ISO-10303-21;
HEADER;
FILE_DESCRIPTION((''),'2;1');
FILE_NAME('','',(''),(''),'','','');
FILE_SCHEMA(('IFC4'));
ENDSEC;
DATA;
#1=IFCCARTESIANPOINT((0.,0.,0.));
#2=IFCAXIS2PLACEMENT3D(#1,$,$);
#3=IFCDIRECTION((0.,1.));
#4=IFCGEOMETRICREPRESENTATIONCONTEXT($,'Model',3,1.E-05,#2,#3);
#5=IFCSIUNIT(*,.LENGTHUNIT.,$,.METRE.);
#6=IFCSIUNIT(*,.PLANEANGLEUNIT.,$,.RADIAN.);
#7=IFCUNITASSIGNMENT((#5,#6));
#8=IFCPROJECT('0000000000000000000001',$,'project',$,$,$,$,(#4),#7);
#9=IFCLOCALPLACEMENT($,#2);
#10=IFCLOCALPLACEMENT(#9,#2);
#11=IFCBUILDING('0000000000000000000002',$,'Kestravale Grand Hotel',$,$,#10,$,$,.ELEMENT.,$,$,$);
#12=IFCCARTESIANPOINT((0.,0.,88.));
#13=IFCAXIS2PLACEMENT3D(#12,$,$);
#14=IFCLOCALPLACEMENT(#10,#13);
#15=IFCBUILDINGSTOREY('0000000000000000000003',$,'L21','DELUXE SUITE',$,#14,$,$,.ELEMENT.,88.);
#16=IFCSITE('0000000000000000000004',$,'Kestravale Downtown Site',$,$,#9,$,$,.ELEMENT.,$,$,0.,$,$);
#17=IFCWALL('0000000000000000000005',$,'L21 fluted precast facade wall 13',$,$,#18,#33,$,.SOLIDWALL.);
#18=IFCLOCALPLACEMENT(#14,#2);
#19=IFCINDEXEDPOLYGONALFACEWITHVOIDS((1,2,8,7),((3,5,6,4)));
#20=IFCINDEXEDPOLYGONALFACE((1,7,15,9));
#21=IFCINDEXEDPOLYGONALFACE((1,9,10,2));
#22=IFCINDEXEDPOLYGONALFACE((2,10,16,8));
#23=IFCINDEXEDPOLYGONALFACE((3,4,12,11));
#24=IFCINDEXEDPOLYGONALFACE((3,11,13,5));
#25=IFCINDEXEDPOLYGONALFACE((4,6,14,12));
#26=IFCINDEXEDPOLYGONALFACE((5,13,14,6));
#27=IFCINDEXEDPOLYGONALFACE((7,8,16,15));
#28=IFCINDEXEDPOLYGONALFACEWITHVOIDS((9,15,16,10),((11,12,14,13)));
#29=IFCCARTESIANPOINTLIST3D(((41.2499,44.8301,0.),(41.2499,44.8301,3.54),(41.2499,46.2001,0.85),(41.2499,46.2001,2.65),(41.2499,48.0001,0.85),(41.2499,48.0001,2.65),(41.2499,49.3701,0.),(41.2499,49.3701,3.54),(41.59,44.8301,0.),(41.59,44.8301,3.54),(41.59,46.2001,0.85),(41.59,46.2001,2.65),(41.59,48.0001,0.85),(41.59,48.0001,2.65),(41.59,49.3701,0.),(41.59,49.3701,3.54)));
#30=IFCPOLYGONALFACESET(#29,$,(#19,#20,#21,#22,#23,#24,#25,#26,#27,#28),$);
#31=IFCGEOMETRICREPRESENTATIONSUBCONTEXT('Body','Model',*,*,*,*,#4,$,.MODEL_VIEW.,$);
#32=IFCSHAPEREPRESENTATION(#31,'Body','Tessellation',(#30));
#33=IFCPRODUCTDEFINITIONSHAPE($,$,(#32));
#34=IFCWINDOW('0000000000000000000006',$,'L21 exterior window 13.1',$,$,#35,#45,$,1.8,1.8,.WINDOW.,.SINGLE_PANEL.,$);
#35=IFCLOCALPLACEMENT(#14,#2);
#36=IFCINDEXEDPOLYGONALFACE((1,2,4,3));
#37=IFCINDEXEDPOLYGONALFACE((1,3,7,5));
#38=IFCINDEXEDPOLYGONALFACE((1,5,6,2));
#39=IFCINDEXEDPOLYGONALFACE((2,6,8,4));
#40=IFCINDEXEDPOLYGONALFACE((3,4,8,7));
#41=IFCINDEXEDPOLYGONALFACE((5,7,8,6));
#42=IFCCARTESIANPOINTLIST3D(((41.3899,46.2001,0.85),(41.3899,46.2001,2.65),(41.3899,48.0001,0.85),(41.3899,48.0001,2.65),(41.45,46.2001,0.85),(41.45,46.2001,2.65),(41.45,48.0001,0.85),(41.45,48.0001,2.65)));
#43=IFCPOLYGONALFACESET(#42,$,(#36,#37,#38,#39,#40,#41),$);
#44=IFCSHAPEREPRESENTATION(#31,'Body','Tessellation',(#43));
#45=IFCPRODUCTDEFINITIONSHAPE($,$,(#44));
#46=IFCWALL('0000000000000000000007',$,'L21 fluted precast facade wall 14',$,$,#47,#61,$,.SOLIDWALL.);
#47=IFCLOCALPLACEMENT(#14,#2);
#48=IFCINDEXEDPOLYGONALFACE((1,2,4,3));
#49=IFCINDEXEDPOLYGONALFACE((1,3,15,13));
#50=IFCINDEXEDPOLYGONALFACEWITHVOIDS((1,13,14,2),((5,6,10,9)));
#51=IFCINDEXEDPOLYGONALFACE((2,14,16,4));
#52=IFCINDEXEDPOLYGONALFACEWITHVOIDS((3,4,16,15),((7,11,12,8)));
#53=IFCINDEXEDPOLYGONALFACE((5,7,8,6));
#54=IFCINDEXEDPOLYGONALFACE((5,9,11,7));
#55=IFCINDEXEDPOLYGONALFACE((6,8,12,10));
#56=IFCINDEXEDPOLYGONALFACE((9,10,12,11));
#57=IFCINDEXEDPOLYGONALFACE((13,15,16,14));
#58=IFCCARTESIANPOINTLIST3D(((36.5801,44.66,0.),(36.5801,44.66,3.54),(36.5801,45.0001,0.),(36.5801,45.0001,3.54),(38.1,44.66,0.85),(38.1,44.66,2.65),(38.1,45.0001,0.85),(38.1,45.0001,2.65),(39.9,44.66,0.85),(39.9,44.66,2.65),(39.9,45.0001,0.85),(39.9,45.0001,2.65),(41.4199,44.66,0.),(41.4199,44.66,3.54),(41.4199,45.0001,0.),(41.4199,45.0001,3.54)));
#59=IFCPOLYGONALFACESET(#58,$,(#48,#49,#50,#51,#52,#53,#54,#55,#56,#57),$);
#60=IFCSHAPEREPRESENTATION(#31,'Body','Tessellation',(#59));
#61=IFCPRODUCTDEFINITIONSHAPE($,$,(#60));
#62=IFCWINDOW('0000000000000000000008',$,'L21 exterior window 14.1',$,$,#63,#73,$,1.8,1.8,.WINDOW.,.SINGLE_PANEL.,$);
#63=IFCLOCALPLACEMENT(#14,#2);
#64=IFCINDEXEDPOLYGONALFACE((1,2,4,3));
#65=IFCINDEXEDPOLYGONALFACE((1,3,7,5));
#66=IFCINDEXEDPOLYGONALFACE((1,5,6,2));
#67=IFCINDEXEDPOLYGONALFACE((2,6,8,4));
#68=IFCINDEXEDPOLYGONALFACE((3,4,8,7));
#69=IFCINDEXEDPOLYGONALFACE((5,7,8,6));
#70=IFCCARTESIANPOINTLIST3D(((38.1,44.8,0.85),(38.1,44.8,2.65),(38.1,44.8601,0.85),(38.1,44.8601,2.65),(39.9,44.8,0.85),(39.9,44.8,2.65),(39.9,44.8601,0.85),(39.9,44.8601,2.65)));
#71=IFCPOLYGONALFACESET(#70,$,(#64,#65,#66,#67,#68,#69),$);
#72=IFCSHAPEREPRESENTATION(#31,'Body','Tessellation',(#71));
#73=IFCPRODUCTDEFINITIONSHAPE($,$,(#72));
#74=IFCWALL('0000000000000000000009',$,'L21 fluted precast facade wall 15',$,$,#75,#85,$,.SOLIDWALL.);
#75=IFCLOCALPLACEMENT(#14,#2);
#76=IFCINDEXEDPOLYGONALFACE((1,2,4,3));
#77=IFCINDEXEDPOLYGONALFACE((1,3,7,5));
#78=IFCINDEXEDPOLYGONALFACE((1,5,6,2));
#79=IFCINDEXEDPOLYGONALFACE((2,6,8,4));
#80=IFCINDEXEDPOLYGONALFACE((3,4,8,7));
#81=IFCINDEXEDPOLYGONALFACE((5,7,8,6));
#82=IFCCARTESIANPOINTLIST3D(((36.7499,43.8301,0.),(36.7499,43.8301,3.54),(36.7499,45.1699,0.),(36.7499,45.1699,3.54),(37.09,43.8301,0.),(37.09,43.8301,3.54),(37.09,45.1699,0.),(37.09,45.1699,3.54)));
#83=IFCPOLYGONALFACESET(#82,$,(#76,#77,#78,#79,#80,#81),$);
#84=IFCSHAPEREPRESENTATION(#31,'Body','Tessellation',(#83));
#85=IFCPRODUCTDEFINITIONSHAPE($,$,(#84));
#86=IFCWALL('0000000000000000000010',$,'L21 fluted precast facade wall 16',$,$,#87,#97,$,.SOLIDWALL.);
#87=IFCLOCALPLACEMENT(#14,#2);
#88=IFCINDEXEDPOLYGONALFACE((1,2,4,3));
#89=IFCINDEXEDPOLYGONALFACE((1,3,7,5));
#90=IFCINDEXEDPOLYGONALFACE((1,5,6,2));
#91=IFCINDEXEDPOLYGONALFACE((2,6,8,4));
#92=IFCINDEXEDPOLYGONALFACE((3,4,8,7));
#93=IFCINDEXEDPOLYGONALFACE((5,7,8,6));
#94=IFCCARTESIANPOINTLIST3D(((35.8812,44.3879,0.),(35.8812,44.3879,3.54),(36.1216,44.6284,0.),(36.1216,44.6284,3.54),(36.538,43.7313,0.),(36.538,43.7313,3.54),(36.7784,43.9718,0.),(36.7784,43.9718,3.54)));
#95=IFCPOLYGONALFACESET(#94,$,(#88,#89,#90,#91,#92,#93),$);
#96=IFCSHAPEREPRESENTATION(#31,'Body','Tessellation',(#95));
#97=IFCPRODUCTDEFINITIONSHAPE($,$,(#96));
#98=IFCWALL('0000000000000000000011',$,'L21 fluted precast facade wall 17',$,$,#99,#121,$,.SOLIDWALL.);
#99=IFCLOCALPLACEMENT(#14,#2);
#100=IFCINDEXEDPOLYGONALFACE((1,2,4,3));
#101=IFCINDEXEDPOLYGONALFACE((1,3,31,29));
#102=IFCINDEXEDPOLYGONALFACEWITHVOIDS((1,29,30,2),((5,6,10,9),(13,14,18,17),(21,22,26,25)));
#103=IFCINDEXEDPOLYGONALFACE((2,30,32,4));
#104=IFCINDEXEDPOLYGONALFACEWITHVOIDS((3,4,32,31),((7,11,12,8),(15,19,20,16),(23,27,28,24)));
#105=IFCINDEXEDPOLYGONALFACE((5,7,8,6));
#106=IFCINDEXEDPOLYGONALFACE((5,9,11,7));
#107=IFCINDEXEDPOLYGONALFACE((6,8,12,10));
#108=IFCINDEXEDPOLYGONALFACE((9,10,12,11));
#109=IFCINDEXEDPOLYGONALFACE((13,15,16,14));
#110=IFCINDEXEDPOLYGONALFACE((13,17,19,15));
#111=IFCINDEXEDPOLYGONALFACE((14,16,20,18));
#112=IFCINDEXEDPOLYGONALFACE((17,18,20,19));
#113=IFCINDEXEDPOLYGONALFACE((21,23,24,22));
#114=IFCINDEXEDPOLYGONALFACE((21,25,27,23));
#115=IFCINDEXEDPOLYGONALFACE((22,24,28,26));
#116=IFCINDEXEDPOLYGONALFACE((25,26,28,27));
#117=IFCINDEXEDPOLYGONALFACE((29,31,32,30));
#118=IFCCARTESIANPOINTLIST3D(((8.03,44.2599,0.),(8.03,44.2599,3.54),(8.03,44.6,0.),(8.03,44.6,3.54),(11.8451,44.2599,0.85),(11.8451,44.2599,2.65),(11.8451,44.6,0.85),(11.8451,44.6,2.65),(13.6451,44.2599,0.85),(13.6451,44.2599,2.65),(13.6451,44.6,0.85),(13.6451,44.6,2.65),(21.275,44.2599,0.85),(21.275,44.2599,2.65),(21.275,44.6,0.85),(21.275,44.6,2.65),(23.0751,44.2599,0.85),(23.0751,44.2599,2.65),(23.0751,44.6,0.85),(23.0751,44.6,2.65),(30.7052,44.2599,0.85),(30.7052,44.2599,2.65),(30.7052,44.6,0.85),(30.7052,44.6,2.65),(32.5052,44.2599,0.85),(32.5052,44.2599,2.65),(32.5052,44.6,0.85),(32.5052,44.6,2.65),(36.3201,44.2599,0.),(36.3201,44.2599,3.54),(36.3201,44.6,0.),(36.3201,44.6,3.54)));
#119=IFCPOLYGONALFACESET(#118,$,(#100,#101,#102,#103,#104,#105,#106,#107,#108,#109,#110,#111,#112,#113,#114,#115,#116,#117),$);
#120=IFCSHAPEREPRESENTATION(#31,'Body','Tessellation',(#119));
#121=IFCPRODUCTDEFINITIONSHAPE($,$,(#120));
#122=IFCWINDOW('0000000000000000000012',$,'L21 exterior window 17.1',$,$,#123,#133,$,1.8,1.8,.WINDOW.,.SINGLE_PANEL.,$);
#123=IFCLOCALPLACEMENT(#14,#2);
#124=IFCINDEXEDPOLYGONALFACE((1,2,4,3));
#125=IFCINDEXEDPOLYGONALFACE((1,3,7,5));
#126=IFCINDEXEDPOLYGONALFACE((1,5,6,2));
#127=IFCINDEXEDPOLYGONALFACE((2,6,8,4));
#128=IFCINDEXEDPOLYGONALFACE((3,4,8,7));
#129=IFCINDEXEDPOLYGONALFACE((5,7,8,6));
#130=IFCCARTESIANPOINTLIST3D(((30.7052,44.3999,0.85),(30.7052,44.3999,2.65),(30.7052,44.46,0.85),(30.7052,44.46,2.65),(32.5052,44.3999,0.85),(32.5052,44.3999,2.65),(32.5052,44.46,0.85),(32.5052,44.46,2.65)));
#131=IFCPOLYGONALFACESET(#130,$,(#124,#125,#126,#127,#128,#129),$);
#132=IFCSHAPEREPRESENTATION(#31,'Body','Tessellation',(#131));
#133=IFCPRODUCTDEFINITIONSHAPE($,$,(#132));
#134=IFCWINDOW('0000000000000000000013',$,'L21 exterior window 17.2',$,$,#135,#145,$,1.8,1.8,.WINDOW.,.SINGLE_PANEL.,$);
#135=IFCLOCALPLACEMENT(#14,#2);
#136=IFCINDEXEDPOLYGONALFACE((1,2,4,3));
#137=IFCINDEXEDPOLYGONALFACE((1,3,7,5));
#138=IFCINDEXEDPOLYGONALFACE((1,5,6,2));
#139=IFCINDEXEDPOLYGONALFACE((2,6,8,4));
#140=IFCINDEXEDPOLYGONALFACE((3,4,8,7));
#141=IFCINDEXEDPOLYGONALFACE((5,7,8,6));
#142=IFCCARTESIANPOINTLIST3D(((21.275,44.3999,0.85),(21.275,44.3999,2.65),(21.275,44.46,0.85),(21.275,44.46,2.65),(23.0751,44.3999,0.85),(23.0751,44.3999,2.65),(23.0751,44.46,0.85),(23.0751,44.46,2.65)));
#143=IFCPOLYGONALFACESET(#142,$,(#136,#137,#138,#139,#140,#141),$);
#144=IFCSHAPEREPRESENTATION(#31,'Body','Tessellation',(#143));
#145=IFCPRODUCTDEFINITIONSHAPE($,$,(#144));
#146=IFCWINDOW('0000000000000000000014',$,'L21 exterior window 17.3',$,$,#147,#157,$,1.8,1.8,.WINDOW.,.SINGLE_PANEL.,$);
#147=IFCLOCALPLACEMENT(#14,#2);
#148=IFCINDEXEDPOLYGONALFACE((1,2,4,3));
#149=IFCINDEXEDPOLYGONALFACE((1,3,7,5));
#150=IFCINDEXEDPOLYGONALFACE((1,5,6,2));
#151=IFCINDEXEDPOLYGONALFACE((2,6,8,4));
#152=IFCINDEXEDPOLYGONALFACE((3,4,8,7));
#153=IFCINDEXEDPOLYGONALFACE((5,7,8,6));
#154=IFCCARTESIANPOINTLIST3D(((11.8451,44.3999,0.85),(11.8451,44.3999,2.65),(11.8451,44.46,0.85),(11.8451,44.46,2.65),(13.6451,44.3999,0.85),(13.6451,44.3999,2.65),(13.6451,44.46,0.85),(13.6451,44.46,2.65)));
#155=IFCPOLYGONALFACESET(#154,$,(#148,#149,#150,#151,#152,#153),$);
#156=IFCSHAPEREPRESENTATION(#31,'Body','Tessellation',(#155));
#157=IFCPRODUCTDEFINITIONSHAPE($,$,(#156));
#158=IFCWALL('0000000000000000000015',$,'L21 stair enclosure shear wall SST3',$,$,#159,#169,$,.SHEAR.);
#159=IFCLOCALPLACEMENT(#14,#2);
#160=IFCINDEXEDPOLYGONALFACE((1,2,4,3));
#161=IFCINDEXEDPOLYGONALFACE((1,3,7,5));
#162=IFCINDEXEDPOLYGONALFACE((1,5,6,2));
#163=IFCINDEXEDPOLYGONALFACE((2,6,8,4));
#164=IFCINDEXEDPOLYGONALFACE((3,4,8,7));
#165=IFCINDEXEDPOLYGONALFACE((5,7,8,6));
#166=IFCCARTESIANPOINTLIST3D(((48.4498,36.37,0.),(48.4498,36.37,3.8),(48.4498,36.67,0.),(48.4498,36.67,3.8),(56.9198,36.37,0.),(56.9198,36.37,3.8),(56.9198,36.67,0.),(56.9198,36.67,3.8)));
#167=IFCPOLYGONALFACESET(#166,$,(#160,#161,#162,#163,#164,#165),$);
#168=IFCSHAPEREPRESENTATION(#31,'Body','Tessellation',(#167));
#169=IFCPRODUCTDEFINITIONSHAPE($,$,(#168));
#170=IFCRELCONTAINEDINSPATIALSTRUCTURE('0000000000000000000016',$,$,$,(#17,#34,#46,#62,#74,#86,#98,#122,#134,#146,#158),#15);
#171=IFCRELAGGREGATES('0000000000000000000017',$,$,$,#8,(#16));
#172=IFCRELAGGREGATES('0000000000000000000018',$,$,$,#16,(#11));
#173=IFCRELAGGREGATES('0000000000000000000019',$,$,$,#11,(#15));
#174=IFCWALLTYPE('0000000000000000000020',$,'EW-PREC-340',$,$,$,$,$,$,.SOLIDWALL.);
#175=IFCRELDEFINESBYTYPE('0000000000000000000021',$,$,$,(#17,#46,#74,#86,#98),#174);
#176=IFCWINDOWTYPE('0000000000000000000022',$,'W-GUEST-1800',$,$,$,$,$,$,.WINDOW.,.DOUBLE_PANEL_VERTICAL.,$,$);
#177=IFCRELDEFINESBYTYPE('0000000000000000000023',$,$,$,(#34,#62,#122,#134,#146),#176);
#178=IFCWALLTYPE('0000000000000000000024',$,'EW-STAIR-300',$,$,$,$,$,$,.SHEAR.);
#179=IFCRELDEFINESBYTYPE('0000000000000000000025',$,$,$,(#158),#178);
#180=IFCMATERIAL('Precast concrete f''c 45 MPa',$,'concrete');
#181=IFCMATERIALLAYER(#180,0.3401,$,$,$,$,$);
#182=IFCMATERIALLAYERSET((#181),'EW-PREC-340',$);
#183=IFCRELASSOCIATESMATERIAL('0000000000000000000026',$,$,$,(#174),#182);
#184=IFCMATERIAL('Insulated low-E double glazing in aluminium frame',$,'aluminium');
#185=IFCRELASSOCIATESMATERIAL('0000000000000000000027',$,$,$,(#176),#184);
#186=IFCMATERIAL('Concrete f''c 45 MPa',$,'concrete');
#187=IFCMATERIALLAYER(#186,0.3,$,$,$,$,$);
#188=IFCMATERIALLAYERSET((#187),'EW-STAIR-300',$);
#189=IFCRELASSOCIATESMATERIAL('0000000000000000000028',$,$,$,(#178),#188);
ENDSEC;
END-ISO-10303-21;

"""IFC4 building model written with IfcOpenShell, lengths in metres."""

from ifc_helpers import new_model, si_unit, direction, frame, frame_2d, origin, place, context, subcontext, project, spatial, rectangle, extrude, material, layer, layer_set, type_object, element, fill, save


model = new_model("IFC4")

# Units and contexts
model_context = context("Model", 3, precision=1e-05, world=origin(), true_north=direction((0.0, 1.0)))
body_context = subcontext(model_context, "Body", "Model", "MODEL_VIEW")
ifc_project = project(units=[si_unit("LENGTHUNIT", "METRE"), si_unit("PLANEANGLEUNIT", "RADIAN")], contexts=[model_context])

# Site, building, storey
site_placement = place(None, origin())
site = spatial("IfcSite", under=ifc_project, at=site_placement, Name="Kestravale Downtown Site", CompositionType="ELEMENT", RefElevation=0.0)
building_placement = place(site_placement, origin())
building = spatial("IfcBuilding", under=site, at=building_placement, Name="Kestravale Grand Hotel", CompositionType="ELEMENT")
storey_placement = place(building_placement, frame((0.0, 0.0, 88.0)))
storey = spatial("IfcBuildingStorey", under=building, at=storey_placement, Name="L21", Description="DELUXE SUITE", CompositionType="ELEMENT", Elevation=88.0)

# Shared definitions
ifc_material_1 = material(Name="Precast concrete f'c 45 MPa", Category="concrete")
ifc_layer_1 = layer(ifc_material_1, 0.3401)
ifc_layer_set_1 = layer_set([ifc_layer_1], Name="EW-PREC-340")
wall_type_1 = type_object("IfcWallType", Name="EW-PREC-340", PredefinedType="SOLIDWALL", material=ifc_layer_set_1)

# Walls, openings, windows
wall_1_placement = place(storey_placement, frame((41.4199, 49.3701, 0.0), z_axis=(0.0, 0.0, 1.0), x_axis=(0.0, -1.0, 0.0)))
wall_1 = element("IfcWall", 1, at=wall_1_placement, inside=storey, type_object=wall_type_1, Name="L21 fluted precast facade wall 13", PredefinedType="SOLIDWALL", context=body_context, shape_type="SweptSolid", body=[
    extrude(rectangle(XDim=4.54, YDim=0.3401, at=frame_2d((2.27, 0.0))), origin(), (0.0, 0.0, 1.0), 3.54),
])
opening_1_placement = place(wall_1_placement, frame((1.3701, 0.0, 0.8501)))
opening_1 = element("IfcOpeningElement", 2, at=opening_1_placement, cuts=wall_1, PredefinedType="OPENING", context=body_context, shape_type="SweptSolid", body=[
    extrude(rectangle(XDim=1.8, YDim=1.8, at=frame_2d((0.8999, 0.8999))), frame((0.0, 0.1799, 0.0), z_axis=(0.0, -1.0, 0.0), x_axis=(1.0, 0.0, 0.0)), (0.0, 0.0, 1.0), 0.3601),
])
ifc_material_2 = material(Name="Insulated low-E double glazing in aluminium frame", Category="aluminium")
window_type = type_object("IfcWindowType", Name="W-GUEST-1800", PartitioningType="DOUBLE_PANEL_VERTICAL", PredefinedType="WINDOW", material=ifc_material_2)
window_1_placement = place(opening_1_placement, origin())
window_1 = element("IfcWindow", 3, at=window_1_placement, inside=storey, type_object=window_type, Name="L21 exterior window 13.1", OverallHeight=1.8, OverallWidth=1.8, PartitioningType="SINGLE_PANEL", PredefinedType="WINDOW", context=body_context, shape_type="SweptSolid", body=[
    extrude(rectangle(XDim=1.8, YDim=1.8, at=frame_2d((0.8999, 0.8999))), frame((0.0, 0.03, 0.0), z_axis=(0.0, -1.0, 0.0), x_axis=(1.0, 0.0, 0.0)), (0.0, 0.0, 1.0), 0.0601),
])
fill(opening_1, window_1)
wall_2_placement = place(storey_placement, frame((41.4199, 44.8301, 0.0), z_axis=(0.0, 0.0, 1.0), x_axis=(-1.0, 0.0, 0.0)))
wall_2 = element("IfcWall", 4, at=wall_2_placement, inside=storey, type_object=wall_type_1, Name="L21 fluted precast facade wall 14", PredefinedType="SOLIDWALL", context=body_context, shape_type="SweptSolid", body=[
    extrude(rectangle(XDim=4.8398, YDim=0.3401, at=frame_2d((2.4199, 0.0))), origin(), (0.0, 0.0, 1.0), 3.54),
])
opening_2_placement = place(wall_2_placement, frame((1.52, 0.0, 0.8501)))
opening_2 = element("IfcOpeningElement", 5, at=opening_2_placement, cuts=wall_2, PredefinedType="OPENING", context=body_context, shape_type="SweptSolid", body=[
    extrude(rectangle(XDim=1.8, YDim=1.8, at=frame_2d((0.8999, 0.8999))), frame((0.0, 0.1799, 0.0), z_axis=(0.0, -1.0, 0.0), x_axis=(1.0, 0.0, 0.0)), (0.0, 0.0, 1.0), 0.3601),
])
window_2_placement = place(opening_2_placement, origin())
window_2 = element("IfcWindow", 6, at=window_2_placement, inside=storey, type_object=window_type, Name="L21 exterior window 14.1", OverallHeight=1.8, OverallWidth=1.8, PartitioningType="SINGLE_PANEL", PredefinedType="WINDOW", context=body_context, shape_type="SweptSolid", body=[
    extrude(rectangle(XDim=1.8, YDim=1.8, at=frame_2d((0.8999, 0.8999))), frame((0.0, 0.03, 0.0), z_axis=(0.0, -1.0, 0.0), x_axis=(1.0, 0.0, 0.0)), (0.0, 0.0, 1.0), 0.0601),
])
fill(opening_2, window_2)

# Walls
wall_3_placement = place(storey_placement, frame((36.9199, 45.1699, 0.0), z_axis=(0.0, 0.0, 1.0), x_axis=(0.0, -1.0, 0.0)))
element("IfcWall", 7, at=wall_3_placement, inside=storey, type_object=wall_type_1, Name="L21 fluted precast facade wall 15", PredefinedType="SOLIDWALL", context=body_context, shape_type="SweptSolid", body=[
    extrude(rectangle(XDim=1.3398, YDim=0.3401, at=frame_2d((0.6699, 0.0))), origin(), (0.0, 0.0, 1.0), 3.54),
])
wall_4_placement = place(storey_placement, frame((36.6582, 43.8516, 0.0), z_axis=(0.0, 0.0, 1.0), x_axis=(-0.707238, 0.706975, 0.0)))
element("IfcWall", 8, at=wall_4_placement, inside=storey, type_object=wall_type_1, Name="L21 fluted precast facade wall 16", PredefinedType="SOLIDWALL", context=body_context, shape_type="SweptSolid", body=[
    extrude(rectangle(XDim=0.9287, YDim=0.3401, at=frame_2d((0.4644, 0.0))), origin(), (0.0, 0.0, 1.0), 3.54),
])

# Wall, openings, windows
wall_5_placement = place(storey_placement, frame((36.3201, 44.4299, 0.0), z_axis=(0.0, 0.0, 1.0), x_axis=(-1.0, 0.0, 0.0)))
wall_5 = element("IfcWall", 9, at=wall_5_placement, inside=storey, type_object=wall_type_1, Name="L21 fluted precast facade wall 17", PredefinedType="SOLIDWALL", context=body_context, shape_type="SweptSolid", body=[
    extrude(rectangle(XDim=28.29, YDim=0.3401, at=frame_2d((14.145, 0.0))), origin(), (0.0, 0.0, 1.0), 3.54),
])
opening_3_placement = place(wall_5_placement, frame((3.8149, 0.0, 0.8501)))
opening_3 = element("IfcOpeningElement", 10, at=opening_3_placement, cuts=wall_5, PredefinedType="OPENING", context=body_context, shape_type="SweptSolid", body=[
    extrude(rectangle(XDim=1.8, YDim=1.8, at=frame_2d((0.8999, 0.8999))), frame((0.0, 0.1799, 0.0), z_axis=(0.0, -1.0, 0.0), x_axis=(1.0, 0.0, 0.0)), (0.0, 0.0, 1.0), 0.3601),
])
opening_4_placement = place(wall_5_placement, frame((13.2451, 0.0, 0.8501)))
opening_4 = element("IfcOpeningElement", 11, at=opening_4_placement, cuts=wall_5, PredefinedType="OPENING", context=body_context, shape_type="SweptSolid", body=[
    extrude(rectangle(XDim=1.8, YDim=1.8, at=frame_2d((0.8999, 0.8999))), frame((0.0, 0.1799, 0.0), z_axis=(0.0, -1.0, 0.0), x_axis=(1.0, 0.0, 0.0)), (0.0, 0.0, 1.0), 0.3601),
])
opening_5_placement = place(wall_5_placement, frame((22.675, 0.0, 0.8501)))
opening_5 = element("IfcOpeningElement", 12, at=opening_5_placement, cuts=wall_5, PredefinedType="OPENING", context=body_context, shape_type="SweptSolid", body=[
    extrude(rectangle(XDim=1.8, YDim=1.8, at=frame_2d((0.8999, 0.8999))), frame((0.0, 0.1799, 0.0), z_axis=(0.0, -1.0, 0.0), x_axis=(1.0, 0.0, 0.0)), (0.0, 0.0, 1.0), 0.3601),
])
window_3_placement = place(opening_3_placement, origin())
window_3 = element("IfcWindow", 13, at=window_3_placement, inside=storey, type_object=window_type, Name="L21 exterior window 17.1", OverallHeight=1.8, OverallWidth=1.8, PartitioningType="SINGLE_PANEL", PredefinedType="WINDOW", context=body_context, shape_type="SweptSolid", body=[
    extrude(rectangle(XDim=1.8, YDim=1.8, at=frame_2d((0.8999, 0.8999))), frame((0.0, 0.03, 0.0), z_axis=(0.0, -1.0, 0.0), x_axis=(1.0, 0.0, 0.0)), (0.0, 0.0, 1.0), 0.0601),
])
fill(opening_3, window_3)
window_4_placement = place(opening_4_placement, origin())
window_4 = element("IfcWindow", 14, at=window_4_placement, inside=storey, type_object=window_type, Name="L21 exterior window 17.2", OverallHeight=1.8, OverallWidth=1.8, PartitioningType="SINGLE_PANEL", PredefinedType="WINDOW", context=body_context, shape_type="SweptSolid", body=[
    extrude(rectangle(XDim=1.8, YDim=1.8, at=frame_2d((0.8999, 0.8999))), frame((0.0, 0.03, 0.0), z_axis=(0.0, -1.0, 0.0), x_axis=(1.0, 0.0, 0.0)), (0.0, 0.0, 1.0), 0.0601),
])
fill(opening_4, window_4)
window_5_placement = place(opening_5_placement, origin())
window_5 = element("IfcWindow", 15, at=window_5_placement, inside=storey, type_object=window_type, Name="L21 exterior window 17.3", OverallHeight=1.8, OverallWidth=1.8, PartitioningType="SINGLE_PANEL", PredefinedType="WINDOW", context=body_context, shape_type="SweptSolid", body=[
    extrude(rectangle(XDim=1.8, YDim=1.8, at=frame_2d((0.8999, 0.8999))), frame((0.0, 0.03, 0.0), z_axis=(0.0, -1.0, 0.0), x_axis=(1.0, 0.0, 0.0)), (0.0, 0.0, 1.0), 0.0601),
])
fill(opening_5, window_5)

# Wall
ifc_material_3 = material(Name="Concrete f'c 45 MPa", Category="concrete")
ifc_layer_2 = layer(ifc_material_3, 0.3)
ifc_layer_set_2 = layer_set([ifc_layer_2], Name="EW-STAIR-300")
wall_type_2 = type_object("IfcWallType", Name="EW-STAIR-300", PredefinedType="SHEAR", material=ifc_layer_set_2)
wall_6_placement = place(storey_placement, frame((48.45, 36.52, 0.0), z_axis=(0.0, 0.0, 1.0), x_axis=(1.0, 0.0, 0.0)))
element("IfcWall", 16, at=wall_6_placement, inside=storey, type_object=wall_type_2, Name="L21 stair enclosure shear wall SST3", PredefinedType="SHEAR", context=body_context, shape_type="SweptSolid", body=[
    extrude(rectangle(XDim=8.47, YDim=0.3, at=frame_2d((4.2349, 0.0))), origin(), (0.0, 0.0, 1.0), 3.8),
])

save(model, "model.ifc")
